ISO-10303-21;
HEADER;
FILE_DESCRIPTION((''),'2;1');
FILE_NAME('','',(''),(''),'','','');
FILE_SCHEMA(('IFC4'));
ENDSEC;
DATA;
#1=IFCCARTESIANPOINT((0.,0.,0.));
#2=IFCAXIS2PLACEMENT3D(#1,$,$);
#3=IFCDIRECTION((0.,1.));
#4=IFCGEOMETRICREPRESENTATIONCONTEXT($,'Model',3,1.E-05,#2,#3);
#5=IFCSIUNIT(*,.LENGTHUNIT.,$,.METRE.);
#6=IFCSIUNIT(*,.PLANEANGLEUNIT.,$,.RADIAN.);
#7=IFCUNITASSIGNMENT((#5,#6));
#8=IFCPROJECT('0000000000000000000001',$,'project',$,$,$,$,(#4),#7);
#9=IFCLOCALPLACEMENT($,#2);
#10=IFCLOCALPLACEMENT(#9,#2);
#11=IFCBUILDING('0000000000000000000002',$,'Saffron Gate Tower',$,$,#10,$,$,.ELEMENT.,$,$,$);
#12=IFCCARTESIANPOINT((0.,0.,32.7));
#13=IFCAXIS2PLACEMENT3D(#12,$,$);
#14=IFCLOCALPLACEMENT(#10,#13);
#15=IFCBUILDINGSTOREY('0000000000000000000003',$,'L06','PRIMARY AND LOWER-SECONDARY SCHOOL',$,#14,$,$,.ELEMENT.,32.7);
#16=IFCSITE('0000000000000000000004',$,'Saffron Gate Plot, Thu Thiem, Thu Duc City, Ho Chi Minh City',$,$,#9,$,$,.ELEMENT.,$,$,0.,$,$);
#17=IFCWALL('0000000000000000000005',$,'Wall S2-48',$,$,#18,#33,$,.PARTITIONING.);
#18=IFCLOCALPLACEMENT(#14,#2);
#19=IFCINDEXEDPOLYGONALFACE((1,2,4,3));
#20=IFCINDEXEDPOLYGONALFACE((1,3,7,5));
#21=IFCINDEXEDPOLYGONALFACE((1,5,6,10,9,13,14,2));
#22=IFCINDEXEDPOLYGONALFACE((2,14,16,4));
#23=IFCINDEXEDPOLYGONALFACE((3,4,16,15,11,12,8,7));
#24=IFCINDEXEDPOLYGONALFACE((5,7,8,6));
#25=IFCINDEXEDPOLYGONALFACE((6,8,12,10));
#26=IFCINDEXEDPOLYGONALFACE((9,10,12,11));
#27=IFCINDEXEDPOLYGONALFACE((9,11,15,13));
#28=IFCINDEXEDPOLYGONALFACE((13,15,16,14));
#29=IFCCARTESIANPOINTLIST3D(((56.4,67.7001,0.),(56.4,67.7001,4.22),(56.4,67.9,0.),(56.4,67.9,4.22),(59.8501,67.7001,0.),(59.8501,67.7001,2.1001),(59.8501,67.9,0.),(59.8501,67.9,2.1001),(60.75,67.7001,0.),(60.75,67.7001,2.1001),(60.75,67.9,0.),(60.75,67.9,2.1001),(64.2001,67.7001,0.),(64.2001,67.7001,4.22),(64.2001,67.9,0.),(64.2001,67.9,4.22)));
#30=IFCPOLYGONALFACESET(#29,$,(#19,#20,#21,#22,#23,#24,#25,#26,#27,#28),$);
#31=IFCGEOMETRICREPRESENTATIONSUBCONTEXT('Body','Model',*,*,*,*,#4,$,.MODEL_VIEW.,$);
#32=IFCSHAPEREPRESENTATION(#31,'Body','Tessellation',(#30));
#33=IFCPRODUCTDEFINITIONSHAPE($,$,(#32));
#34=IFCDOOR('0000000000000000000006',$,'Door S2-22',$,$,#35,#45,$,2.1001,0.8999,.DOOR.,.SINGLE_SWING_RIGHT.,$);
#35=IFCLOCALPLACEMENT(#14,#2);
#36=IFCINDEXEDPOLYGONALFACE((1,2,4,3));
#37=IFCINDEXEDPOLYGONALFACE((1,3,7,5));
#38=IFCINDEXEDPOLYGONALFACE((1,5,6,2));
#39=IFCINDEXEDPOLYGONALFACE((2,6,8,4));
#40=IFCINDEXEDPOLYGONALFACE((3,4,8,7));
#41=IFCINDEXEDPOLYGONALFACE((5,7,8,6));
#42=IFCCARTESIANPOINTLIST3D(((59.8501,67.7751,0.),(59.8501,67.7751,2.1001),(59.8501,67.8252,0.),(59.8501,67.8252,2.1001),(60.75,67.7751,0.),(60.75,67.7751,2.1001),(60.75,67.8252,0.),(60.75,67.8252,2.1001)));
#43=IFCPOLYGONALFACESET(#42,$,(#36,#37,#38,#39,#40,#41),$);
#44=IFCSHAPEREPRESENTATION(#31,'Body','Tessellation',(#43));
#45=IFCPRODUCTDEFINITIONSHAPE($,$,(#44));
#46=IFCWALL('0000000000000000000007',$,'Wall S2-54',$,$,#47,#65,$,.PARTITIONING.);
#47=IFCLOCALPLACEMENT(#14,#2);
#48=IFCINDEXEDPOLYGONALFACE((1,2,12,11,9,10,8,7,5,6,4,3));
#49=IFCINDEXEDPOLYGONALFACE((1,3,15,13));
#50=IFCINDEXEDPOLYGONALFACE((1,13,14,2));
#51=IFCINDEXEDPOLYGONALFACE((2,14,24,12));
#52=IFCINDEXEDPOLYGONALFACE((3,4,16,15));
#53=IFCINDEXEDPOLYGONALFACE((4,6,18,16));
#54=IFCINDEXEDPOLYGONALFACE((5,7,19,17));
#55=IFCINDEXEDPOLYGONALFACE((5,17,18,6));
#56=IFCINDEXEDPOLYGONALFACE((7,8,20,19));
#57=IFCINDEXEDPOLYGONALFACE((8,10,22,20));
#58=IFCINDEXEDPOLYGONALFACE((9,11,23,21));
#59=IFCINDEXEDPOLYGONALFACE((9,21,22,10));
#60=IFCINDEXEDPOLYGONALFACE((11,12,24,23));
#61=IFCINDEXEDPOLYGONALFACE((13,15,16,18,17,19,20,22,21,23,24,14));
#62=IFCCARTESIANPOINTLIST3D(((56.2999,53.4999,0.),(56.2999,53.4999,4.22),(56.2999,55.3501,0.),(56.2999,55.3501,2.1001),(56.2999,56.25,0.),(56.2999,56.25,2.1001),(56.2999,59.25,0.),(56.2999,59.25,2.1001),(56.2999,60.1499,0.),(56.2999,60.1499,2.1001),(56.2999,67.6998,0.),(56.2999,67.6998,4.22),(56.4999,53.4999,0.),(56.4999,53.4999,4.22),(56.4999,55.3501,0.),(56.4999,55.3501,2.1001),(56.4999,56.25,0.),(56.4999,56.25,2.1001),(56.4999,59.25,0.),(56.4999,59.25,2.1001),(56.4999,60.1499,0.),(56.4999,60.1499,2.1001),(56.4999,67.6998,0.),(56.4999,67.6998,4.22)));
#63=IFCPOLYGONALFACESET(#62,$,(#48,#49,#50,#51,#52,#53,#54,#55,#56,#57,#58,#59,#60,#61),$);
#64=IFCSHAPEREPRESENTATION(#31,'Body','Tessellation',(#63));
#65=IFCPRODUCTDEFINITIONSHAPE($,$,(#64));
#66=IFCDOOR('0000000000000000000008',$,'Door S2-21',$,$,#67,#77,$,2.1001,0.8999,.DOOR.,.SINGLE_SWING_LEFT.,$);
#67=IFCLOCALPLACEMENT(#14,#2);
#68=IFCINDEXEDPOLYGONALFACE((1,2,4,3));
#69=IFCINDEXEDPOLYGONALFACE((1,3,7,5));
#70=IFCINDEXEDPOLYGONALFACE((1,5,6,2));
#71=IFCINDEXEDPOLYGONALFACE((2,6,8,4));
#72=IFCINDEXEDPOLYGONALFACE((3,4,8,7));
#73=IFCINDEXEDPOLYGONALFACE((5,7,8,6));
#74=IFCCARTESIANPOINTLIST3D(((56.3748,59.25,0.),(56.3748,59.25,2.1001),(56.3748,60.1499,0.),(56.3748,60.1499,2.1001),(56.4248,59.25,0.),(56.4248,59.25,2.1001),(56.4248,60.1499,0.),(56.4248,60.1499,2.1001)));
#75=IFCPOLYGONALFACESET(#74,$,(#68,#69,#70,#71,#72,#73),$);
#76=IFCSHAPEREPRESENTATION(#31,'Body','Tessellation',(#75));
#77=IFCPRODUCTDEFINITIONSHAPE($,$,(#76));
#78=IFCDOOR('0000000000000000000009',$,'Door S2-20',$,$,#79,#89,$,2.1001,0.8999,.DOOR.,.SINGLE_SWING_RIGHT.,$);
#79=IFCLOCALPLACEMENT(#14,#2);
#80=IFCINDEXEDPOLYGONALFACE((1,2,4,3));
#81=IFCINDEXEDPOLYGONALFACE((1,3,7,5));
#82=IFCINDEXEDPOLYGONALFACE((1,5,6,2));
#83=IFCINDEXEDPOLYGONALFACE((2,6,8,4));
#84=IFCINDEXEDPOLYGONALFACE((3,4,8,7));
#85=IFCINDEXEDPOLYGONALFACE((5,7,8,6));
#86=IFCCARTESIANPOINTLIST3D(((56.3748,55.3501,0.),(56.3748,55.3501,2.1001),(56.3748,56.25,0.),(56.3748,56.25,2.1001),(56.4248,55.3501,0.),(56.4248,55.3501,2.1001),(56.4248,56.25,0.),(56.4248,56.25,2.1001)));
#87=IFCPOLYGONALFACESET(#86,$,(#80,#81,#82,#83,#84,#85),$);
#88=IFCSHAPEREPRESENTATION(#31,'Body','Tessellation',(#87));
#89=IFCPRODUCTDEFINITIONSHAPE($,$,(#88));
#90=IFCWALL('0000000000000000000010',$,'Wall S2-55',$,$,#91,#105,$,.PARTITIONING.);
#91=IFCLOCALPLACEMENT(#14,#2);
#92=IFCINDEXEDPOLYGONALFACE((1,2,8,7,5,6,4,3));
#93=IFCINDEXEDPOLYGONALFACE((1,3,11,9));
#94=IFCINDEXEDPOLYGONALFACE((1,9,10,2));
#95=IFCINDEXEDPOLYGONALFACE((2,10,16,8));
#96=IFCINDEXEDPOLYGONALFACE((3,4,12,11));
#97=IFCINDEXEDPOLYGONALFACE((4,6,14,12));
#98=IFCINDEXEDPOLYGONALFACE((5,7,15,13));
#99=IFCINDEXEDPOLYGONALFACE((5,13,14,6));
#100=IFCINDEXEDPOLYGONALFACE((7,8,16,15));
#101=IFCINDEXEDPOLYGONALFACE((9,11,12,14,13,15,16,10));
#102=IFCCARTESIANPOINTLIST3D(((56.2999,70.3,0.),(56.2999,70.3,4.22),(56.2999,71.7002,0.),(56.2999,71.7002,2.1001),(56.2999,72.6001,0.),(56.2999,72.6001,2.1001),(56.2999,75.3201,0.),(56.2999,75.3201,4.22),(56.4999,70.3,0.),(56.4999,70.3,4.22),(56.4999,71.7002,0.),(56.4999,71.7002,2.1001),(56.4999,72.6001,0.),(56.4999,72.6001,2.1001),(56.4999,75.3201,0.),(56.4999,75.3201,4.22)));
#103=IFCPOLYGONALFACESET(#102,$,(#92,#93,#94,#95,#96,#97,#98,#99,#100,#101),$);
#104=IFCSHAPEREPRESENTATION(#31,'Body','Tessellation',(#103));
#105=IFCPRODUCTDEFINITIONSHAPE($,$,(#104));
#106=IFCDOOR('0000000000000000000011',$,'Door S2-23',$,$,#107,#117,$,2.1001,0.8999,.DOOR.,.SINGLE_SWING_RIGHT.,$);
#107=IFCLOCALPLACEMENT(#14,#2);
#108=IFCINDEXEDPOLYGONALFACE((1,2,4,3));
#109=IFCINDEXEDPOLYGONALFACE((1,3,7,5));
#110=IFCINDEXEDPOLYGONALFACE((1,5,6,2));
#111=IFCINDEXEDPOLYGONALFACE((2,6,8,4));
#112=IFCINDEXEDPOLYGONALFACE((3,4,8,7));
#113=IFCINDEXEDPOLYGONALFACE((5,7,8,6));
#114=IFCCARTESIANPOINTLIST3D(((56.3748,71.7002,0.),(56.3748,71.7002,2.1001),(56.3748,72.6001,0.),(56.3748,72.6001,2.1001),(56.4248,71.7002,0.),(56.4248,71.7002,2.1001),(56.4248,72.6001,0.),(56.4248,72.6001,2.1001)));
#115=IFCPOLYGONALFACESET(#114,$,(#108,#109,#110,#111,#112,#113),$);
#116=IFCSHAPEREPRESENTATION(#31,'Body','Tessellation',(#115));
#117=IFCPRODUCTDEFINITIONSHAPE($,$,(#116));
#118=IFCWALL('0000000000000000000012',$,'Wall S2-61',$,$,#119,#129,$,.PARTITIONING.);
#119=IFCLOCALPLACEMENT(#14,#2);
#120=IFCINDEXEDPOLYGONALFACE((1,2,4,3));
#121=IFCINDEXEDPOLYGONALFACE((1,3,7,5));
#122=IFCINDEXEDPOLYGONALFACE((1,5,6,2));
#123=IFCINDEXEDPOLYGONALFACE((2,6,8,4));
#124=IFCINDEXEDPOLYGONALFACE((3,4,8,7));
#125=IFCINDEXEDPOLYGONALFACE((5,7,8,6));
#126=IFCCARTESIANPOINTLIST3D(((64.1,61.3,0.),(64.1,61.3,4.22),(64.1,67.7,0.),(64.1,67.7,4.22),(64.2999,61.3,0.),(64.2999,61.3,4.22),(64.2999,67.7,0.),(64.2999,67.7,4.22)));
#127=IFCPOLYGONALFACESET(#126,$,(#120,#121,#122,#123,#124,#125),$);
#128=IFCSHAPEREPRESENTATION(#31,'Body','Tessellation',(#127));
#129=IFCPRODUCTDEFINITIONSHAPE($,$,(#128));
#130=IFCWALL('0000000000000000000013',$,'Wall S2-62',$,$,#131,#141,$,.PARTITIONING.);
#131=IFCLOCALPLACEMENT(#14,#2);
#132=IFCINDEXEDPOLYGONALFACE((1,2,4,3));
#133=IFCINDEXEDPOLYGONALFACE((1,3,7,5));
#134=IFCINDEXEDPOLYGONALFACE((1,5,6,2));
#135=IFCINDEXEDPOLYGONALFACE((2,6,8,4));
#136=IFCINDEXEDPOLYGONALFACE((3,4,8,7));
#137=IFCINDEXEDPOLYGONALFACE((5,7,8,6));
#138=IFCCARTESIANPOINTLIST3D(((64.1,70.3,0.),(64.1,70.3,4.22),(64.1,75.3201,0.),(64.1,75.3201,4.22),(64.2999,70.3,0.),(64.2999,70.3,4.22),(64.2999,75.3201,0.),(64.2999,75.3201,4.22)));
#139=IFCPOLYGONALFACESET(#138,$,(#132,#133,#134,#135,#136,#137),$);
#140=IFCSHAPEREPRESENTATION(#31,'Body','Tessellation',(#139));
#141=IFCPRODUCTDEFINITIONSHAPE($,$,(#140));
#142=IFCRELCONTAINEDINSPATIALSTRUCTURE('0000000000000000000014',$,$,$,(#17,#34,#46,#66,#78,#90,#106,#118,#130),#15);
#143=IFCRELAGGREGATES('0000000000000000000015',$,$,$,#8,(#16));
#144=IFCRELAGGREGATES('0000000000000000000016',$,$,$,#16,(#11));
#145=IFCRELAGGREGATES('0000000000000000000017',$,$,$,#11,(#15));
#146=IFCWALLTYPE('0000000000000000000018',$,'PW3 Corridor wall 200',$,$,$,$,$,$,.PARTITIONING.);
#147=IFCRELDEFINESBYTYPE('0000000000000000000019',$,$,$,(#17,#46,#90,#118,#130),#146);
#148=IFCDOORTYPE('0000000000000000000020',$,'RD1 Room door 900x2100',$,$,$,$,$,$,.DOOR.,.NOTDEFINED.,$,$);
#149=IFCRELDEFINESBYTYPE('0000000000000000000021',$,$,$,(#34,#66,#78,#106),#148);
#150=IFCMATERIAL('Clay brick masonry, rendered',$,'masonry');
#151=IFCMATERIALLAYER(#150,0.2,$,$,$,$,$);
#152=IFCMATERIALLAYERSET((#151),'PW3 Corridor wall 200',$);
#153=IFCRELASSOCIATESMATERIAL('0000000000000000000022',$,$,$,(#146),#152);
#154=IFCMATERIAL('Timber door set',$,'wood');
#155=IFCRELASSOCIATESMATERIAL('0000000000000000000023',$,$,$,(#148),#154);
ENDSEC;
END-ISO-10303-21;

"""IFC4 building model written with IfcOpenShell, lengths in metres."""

from ifc_helpers import new_model, si_unit, direction, frame, frame_2d, origin, place, context, subcontext, project, spatial, rectangle, extrude, material, layer, layer_set, type_object, element, fill, save


model = new_model("IFC4")

# Units and contexts
model_context = context("Model", 3, precision=1e-05, world=origin(), true_north=direction((0.0, 1.0)))
body_context = subcontext(model_context, "Body", "Model", "MODEL_VIEW")
ifc_project = project(units=[si_unit("LENGTHUNIT", "METRE"), si_unit("PLANEANGLEUNIT", "RADIAN")], contexts=[model_context])

# Site, building, storey
site_placement = place(None, origin())
site = spatial("IfcSite", under=ifc_project, at=site_placement, Name="Saffron Gate Plot, Thu Thiem, Thu Duc City, Ho Chi Minh City", CompositionType="ELEMENT", RefElevation=0.0)
building_placement = place(site_placement, origin())
building = spatial("IfcBuilding", under=site, at=building_placement, Name="Saffron Gate Tower", CompositionType="ELEMENT")
storey_placement = place(building_placement, frame((0.0, 0.0, 32.7)))
storey = spatial("IfcBuildingStorey", under=building, at=storey_placement, Name="L06", Description="PRIMARY AND LOWER-SECONDARY SCHOOL", CompositionType="ELEMENT", Elevation=32.7)

# Wall, opening, door
ifc_material_1 = material(Name="Clay brick masonry, rendered", Category="masonry")
ifc_layer_1 = layer(ifc_material_1, 0.2)
ifc_layer_set_1 = layer_set([ifc_layer_1], Name="PW3 Corridor wall 200")
wall_type_1 = type_object("IfcWallType", Name="PW3 Corridor wall 200", PredefinedType="PARTITIONING", material=ifc_layer_set_1)
wall_1_placement = place(storey_placement, frame((64.2, 67.8, 0.0), z_axis=(0.0, 0.0, 1.0), x_axis=(-1.0, 0.0, 0.0)))
wall_1 = element("IfcWall", 1, at=wall_1_placement, inside=storey, type_object=wall_type_1, Name="Wall S2-48", PredefinedType="PARTITIONING", context=body_context, shape_type="SweptSolid", body=[
    extrude(rectangle(XDim=7.8, YDim=0.2, at=frame_2d((3.8999, 0.0))), origin(), (0.0, 0.0, 1.0), 4.22),
])
opening_1_placement = place(wall_1_placement, frame((3.45, 0.0, 0.0)))
opening_1 = element("IfcOpeningElement", 2, at=opening_1_placement, cuts=wall_1, PredefinedType="OPENING", context=body_context, shape_type="SweptSolid", body=[
    extrude(rectangle(XDim=0.8999, YDim=2.1001, at=frame_2d((0.45, 1.05))), frame((0.0, 0.1099, 0.0), z_axis=(0.0, -1.0, 0.0), x_axis=(1.0, 0.0, 0.0)), (0.0, 0.0, 1.0), 0.22),
])
ifc_material_2 = material(Name="Timber door set", Category="wood")
door_type_1 = type_object("IfcDoorType", Name="RD1 Room door 900x2100", OperationType="NOTDEFINED", PredefinedType="DOOR", material=ifc_material_2)
door_1_placement = place(opening_1_placement, origin())
door_1 = element("IfcDoor", 3, at=door_1_placement, inside=storey, type_object=door_type_1, Name="Door S2-22", OperationType="SINGLE_SWING_RIGHT", OverallHeight=2.1001, OverallWidth=0.8999, PredefinedType="DOOR", context=body_context, shape_type="SweptSolid", body=[
    extrude(rectangle(XDim=0.8999, YDim=2.1001, at=frame_2d((0.45, 1.05))), frame((0.0, 0.0249, 0.0), z_axis=(0.0, -1.0, 0.0), x_axis=(1.0, 0.0, 0.0)), (0.0, 0.0, 1.0), 0.05),
])
fill(opening_1, door_1)

# Wall, openings, doors
wall_2_placement = place(storey_placement, frame((56.3999, 67.7, 0.0), z_axis=(0.0, 0.0, 1.0), x_axis=(0.0, -1.0, 0.0)))
wall_2 = element("IfcWall", 4, at=wall_2_placement, inside=storey, type_object=wall_type_1, Name="Wall S2-54", PredefinedType="PARTITIONING", context=body_context, shape_type="SweptSolid", body=[
    extrude(rectangle(XDim=14.2, YDim=0.2, at=frame_2d((7.1001, 0.0))), origin(), (0.0, 0.0, 1.0), 4.22),
])
opening_2_placement = place(wall_2_placement, frame((7.55, 0.0, 0.0)))
opening_2 = element("IfcOpeningElement", 5, at=opening_2_placement, cuts=wall_2, PredefinedType="OPENING", context=body_context, shape_type="SweptSolid", body=[
    extrude(rectangle(XDim=0.8999, YDim=2.1001, at=frame_2d((0.45, 1.05))), frame((0.0, 0.1099, 0.0), z_axis=(0.0, -1.0, 0.0), x_axis=(1.0, 0.0, 0.0)), (0.0, 0.0, 1.0), 0.22),
])
opening_3_placement = place(wall_2_placement, frame((11.45, 0.0, 0.0)))
opening_3 = element("IfcOpeningElement", 6, at=opening_3_placement, cuts=wall_2, PredefinedType="OPENING", context=body_context, shape_type="SweptSolid", body=[
    extrude(rectangle(XDim=0.8999, YDim=2.1001, at=frame_2d((0.45, 1.05))), frame((0.0, 0.1099, 0.0), z_axis=(0.0, -1.0, 0.0), x_axis=(1.0, 0.0, 0.0)), (0.0, 0.0, 1.0), 0.22),
])
door_2_placement = place(opening_2_placement, origin())
door_2 = element("IfcDoor", 7, at=door_2_placement, inside=storey, type_object=door_type_1, Name="Door S2-21", OperationType="SINGLE_SWING_LEFT", OverallHeight=2.1001, OverallWidth=0.8999, PredefinedType="DOOR", context=body_context, shape_type="SweptSolid", body=[
    extrude(rectangle(XDim=0.8999, YDim=2.1001, at=frame_2d((0.45, 1.05))), frame((0.0, 0.0249, 0.0), z_axis=(0.0, -1.0, 0.0), x_axis=(1.0, 0.0, 0.0)), (0.0, 0.0, 1.0), 0.05),
])
fill(opening_2, door_2)
door_3_placement = place(opening_3_placement, origin())
door_3 = element("IfcDoor", 8, at=door_3_placement, inside=storey, type_object=door_type_1, Name="Door S2-20", OperationType="SINGLE_SWING_RIGHT", OverallHeight=2.1001, OverallWidth=0.8999, PredefinedType="DOOR", context=body_context, shape_type="SweptSolid", body=[
    extrude(rectangle(XDim=0.8999, YDim=2.1001, at=frame_2d((0.45, 1.05))), frame((0.0, 0.0249, 0.0), z_axis=(0.0, -1.0, 0.0), x_axis=(1.0, 0.0, 0.0)), (0.0, 0.0, 1.0), 0.05),
])
fill(opening_3, door_3)

# Wall, opening, door
wall_3_placement = place(storey_placement, frame((56.3999, 75.3201, 0.0), z_axis=(0.0, 0.0, 1.0), x_axis=(0.0, -1.0, 0.0)))
wall_3 = element("IfcWall", 9, at=wall_3_placement, inside=storey, type_object=wall_type_1, Name="Wall S2-55", PredefinedType="PARTITIONING", context=body_context, shape_type="SweptSolid", body=[
    extrude(rectangle(XDim=5.02, YDim=0.2, at=frame_2d((2.51, 0.0))), origin(), (0.0, 0.0, 1.0), 4.22),
])
opening_4_placement = place(wall_3_placement, frame((2.72, 0.0, 0.0)))
opening_4 = element("IfcOpeningElement", 10, at=opening_4_placement, cuts=wall_3, PredefinedType="OPENING", context=body_context, shape_type="SweptSolid", body=[
    extrude(rectangle(XDim=0.8999, YDim=2.1001, at=frame_2d((0.45, 1.05))), frame((0.0, 0.1099, 0.0), z_axis=(0.0, -1.0, 0.0), x_axis=(1.0, 0.0, 0.0)), (0.0, 0.0, 1.0), 0.22),
])
door_4_placement = place(opening_4_placement, origin())
door_4 = element("IfcDoor", 11, at=door_4_placement, inside=storey, type_object=door_type_1, Name="Door S2-23", OperationType="SINGLE_SWING_RIGHT", OverallHeight=2.1001, OverallWidth=0.8999, PredefinedType="DOOR", context=body_context, shape_type="SweptSolid", body=[
    extrude(rectangle(XDim=0.8999, YDim=2.1001, at=frame_2d((0.45, 1.05))), frame((0.0, 0.0249, 0.0), z_axis=(0.0, -1.0, 0.0), x_axis=(1.0, 0.0, 0.0)), (0.0, 0.0, 1.0), 0.05),
])
fill(opening_4, door_4)

# Walls
wall_4_placement = place(storey_placement, frame((64.2, 67.7, 0.0), z_axis=(0.0, 0.0, 1.0), x_axis=(0.0, -1.0, 0.0)))
element("IfcWall", 12, at=wall_4_placement, inside=storey, type_object=wall_type_1, Name="Wall S2-61", PredefinedType="PARTITIONING", context=body_context, shape_type="SweptSolid", body=[
    extrude(rectangle(XDim=6.3999, YDim=0.2, at=frame_2d((3.2, 0.0))), origin(), (0.0, 0.0, 1.0), 4.22),
])
wall_5_placement = place(storey_placement, frame((64.2, 75.3201, 0.0), z_axis=(0.0, 0.0, 1.0), x_axis=(0.0, -1.0, 0.0)))
element("IfcWall", 13, at=wall_5_placement, inside=storey, type_object=wall_type_1, Name="Wall S2-62", PredefinedType="PARTITIONING", context=body_context, shape_type="SweptSolid", body=[
    extrude(rectangle(XDim=5.02, YDim=0.2, at=frame_2d((2.51, 0.0))), origin(), (0.0, 0.0, 1.0), 4.22),
])

save(model, "model.ifc")
